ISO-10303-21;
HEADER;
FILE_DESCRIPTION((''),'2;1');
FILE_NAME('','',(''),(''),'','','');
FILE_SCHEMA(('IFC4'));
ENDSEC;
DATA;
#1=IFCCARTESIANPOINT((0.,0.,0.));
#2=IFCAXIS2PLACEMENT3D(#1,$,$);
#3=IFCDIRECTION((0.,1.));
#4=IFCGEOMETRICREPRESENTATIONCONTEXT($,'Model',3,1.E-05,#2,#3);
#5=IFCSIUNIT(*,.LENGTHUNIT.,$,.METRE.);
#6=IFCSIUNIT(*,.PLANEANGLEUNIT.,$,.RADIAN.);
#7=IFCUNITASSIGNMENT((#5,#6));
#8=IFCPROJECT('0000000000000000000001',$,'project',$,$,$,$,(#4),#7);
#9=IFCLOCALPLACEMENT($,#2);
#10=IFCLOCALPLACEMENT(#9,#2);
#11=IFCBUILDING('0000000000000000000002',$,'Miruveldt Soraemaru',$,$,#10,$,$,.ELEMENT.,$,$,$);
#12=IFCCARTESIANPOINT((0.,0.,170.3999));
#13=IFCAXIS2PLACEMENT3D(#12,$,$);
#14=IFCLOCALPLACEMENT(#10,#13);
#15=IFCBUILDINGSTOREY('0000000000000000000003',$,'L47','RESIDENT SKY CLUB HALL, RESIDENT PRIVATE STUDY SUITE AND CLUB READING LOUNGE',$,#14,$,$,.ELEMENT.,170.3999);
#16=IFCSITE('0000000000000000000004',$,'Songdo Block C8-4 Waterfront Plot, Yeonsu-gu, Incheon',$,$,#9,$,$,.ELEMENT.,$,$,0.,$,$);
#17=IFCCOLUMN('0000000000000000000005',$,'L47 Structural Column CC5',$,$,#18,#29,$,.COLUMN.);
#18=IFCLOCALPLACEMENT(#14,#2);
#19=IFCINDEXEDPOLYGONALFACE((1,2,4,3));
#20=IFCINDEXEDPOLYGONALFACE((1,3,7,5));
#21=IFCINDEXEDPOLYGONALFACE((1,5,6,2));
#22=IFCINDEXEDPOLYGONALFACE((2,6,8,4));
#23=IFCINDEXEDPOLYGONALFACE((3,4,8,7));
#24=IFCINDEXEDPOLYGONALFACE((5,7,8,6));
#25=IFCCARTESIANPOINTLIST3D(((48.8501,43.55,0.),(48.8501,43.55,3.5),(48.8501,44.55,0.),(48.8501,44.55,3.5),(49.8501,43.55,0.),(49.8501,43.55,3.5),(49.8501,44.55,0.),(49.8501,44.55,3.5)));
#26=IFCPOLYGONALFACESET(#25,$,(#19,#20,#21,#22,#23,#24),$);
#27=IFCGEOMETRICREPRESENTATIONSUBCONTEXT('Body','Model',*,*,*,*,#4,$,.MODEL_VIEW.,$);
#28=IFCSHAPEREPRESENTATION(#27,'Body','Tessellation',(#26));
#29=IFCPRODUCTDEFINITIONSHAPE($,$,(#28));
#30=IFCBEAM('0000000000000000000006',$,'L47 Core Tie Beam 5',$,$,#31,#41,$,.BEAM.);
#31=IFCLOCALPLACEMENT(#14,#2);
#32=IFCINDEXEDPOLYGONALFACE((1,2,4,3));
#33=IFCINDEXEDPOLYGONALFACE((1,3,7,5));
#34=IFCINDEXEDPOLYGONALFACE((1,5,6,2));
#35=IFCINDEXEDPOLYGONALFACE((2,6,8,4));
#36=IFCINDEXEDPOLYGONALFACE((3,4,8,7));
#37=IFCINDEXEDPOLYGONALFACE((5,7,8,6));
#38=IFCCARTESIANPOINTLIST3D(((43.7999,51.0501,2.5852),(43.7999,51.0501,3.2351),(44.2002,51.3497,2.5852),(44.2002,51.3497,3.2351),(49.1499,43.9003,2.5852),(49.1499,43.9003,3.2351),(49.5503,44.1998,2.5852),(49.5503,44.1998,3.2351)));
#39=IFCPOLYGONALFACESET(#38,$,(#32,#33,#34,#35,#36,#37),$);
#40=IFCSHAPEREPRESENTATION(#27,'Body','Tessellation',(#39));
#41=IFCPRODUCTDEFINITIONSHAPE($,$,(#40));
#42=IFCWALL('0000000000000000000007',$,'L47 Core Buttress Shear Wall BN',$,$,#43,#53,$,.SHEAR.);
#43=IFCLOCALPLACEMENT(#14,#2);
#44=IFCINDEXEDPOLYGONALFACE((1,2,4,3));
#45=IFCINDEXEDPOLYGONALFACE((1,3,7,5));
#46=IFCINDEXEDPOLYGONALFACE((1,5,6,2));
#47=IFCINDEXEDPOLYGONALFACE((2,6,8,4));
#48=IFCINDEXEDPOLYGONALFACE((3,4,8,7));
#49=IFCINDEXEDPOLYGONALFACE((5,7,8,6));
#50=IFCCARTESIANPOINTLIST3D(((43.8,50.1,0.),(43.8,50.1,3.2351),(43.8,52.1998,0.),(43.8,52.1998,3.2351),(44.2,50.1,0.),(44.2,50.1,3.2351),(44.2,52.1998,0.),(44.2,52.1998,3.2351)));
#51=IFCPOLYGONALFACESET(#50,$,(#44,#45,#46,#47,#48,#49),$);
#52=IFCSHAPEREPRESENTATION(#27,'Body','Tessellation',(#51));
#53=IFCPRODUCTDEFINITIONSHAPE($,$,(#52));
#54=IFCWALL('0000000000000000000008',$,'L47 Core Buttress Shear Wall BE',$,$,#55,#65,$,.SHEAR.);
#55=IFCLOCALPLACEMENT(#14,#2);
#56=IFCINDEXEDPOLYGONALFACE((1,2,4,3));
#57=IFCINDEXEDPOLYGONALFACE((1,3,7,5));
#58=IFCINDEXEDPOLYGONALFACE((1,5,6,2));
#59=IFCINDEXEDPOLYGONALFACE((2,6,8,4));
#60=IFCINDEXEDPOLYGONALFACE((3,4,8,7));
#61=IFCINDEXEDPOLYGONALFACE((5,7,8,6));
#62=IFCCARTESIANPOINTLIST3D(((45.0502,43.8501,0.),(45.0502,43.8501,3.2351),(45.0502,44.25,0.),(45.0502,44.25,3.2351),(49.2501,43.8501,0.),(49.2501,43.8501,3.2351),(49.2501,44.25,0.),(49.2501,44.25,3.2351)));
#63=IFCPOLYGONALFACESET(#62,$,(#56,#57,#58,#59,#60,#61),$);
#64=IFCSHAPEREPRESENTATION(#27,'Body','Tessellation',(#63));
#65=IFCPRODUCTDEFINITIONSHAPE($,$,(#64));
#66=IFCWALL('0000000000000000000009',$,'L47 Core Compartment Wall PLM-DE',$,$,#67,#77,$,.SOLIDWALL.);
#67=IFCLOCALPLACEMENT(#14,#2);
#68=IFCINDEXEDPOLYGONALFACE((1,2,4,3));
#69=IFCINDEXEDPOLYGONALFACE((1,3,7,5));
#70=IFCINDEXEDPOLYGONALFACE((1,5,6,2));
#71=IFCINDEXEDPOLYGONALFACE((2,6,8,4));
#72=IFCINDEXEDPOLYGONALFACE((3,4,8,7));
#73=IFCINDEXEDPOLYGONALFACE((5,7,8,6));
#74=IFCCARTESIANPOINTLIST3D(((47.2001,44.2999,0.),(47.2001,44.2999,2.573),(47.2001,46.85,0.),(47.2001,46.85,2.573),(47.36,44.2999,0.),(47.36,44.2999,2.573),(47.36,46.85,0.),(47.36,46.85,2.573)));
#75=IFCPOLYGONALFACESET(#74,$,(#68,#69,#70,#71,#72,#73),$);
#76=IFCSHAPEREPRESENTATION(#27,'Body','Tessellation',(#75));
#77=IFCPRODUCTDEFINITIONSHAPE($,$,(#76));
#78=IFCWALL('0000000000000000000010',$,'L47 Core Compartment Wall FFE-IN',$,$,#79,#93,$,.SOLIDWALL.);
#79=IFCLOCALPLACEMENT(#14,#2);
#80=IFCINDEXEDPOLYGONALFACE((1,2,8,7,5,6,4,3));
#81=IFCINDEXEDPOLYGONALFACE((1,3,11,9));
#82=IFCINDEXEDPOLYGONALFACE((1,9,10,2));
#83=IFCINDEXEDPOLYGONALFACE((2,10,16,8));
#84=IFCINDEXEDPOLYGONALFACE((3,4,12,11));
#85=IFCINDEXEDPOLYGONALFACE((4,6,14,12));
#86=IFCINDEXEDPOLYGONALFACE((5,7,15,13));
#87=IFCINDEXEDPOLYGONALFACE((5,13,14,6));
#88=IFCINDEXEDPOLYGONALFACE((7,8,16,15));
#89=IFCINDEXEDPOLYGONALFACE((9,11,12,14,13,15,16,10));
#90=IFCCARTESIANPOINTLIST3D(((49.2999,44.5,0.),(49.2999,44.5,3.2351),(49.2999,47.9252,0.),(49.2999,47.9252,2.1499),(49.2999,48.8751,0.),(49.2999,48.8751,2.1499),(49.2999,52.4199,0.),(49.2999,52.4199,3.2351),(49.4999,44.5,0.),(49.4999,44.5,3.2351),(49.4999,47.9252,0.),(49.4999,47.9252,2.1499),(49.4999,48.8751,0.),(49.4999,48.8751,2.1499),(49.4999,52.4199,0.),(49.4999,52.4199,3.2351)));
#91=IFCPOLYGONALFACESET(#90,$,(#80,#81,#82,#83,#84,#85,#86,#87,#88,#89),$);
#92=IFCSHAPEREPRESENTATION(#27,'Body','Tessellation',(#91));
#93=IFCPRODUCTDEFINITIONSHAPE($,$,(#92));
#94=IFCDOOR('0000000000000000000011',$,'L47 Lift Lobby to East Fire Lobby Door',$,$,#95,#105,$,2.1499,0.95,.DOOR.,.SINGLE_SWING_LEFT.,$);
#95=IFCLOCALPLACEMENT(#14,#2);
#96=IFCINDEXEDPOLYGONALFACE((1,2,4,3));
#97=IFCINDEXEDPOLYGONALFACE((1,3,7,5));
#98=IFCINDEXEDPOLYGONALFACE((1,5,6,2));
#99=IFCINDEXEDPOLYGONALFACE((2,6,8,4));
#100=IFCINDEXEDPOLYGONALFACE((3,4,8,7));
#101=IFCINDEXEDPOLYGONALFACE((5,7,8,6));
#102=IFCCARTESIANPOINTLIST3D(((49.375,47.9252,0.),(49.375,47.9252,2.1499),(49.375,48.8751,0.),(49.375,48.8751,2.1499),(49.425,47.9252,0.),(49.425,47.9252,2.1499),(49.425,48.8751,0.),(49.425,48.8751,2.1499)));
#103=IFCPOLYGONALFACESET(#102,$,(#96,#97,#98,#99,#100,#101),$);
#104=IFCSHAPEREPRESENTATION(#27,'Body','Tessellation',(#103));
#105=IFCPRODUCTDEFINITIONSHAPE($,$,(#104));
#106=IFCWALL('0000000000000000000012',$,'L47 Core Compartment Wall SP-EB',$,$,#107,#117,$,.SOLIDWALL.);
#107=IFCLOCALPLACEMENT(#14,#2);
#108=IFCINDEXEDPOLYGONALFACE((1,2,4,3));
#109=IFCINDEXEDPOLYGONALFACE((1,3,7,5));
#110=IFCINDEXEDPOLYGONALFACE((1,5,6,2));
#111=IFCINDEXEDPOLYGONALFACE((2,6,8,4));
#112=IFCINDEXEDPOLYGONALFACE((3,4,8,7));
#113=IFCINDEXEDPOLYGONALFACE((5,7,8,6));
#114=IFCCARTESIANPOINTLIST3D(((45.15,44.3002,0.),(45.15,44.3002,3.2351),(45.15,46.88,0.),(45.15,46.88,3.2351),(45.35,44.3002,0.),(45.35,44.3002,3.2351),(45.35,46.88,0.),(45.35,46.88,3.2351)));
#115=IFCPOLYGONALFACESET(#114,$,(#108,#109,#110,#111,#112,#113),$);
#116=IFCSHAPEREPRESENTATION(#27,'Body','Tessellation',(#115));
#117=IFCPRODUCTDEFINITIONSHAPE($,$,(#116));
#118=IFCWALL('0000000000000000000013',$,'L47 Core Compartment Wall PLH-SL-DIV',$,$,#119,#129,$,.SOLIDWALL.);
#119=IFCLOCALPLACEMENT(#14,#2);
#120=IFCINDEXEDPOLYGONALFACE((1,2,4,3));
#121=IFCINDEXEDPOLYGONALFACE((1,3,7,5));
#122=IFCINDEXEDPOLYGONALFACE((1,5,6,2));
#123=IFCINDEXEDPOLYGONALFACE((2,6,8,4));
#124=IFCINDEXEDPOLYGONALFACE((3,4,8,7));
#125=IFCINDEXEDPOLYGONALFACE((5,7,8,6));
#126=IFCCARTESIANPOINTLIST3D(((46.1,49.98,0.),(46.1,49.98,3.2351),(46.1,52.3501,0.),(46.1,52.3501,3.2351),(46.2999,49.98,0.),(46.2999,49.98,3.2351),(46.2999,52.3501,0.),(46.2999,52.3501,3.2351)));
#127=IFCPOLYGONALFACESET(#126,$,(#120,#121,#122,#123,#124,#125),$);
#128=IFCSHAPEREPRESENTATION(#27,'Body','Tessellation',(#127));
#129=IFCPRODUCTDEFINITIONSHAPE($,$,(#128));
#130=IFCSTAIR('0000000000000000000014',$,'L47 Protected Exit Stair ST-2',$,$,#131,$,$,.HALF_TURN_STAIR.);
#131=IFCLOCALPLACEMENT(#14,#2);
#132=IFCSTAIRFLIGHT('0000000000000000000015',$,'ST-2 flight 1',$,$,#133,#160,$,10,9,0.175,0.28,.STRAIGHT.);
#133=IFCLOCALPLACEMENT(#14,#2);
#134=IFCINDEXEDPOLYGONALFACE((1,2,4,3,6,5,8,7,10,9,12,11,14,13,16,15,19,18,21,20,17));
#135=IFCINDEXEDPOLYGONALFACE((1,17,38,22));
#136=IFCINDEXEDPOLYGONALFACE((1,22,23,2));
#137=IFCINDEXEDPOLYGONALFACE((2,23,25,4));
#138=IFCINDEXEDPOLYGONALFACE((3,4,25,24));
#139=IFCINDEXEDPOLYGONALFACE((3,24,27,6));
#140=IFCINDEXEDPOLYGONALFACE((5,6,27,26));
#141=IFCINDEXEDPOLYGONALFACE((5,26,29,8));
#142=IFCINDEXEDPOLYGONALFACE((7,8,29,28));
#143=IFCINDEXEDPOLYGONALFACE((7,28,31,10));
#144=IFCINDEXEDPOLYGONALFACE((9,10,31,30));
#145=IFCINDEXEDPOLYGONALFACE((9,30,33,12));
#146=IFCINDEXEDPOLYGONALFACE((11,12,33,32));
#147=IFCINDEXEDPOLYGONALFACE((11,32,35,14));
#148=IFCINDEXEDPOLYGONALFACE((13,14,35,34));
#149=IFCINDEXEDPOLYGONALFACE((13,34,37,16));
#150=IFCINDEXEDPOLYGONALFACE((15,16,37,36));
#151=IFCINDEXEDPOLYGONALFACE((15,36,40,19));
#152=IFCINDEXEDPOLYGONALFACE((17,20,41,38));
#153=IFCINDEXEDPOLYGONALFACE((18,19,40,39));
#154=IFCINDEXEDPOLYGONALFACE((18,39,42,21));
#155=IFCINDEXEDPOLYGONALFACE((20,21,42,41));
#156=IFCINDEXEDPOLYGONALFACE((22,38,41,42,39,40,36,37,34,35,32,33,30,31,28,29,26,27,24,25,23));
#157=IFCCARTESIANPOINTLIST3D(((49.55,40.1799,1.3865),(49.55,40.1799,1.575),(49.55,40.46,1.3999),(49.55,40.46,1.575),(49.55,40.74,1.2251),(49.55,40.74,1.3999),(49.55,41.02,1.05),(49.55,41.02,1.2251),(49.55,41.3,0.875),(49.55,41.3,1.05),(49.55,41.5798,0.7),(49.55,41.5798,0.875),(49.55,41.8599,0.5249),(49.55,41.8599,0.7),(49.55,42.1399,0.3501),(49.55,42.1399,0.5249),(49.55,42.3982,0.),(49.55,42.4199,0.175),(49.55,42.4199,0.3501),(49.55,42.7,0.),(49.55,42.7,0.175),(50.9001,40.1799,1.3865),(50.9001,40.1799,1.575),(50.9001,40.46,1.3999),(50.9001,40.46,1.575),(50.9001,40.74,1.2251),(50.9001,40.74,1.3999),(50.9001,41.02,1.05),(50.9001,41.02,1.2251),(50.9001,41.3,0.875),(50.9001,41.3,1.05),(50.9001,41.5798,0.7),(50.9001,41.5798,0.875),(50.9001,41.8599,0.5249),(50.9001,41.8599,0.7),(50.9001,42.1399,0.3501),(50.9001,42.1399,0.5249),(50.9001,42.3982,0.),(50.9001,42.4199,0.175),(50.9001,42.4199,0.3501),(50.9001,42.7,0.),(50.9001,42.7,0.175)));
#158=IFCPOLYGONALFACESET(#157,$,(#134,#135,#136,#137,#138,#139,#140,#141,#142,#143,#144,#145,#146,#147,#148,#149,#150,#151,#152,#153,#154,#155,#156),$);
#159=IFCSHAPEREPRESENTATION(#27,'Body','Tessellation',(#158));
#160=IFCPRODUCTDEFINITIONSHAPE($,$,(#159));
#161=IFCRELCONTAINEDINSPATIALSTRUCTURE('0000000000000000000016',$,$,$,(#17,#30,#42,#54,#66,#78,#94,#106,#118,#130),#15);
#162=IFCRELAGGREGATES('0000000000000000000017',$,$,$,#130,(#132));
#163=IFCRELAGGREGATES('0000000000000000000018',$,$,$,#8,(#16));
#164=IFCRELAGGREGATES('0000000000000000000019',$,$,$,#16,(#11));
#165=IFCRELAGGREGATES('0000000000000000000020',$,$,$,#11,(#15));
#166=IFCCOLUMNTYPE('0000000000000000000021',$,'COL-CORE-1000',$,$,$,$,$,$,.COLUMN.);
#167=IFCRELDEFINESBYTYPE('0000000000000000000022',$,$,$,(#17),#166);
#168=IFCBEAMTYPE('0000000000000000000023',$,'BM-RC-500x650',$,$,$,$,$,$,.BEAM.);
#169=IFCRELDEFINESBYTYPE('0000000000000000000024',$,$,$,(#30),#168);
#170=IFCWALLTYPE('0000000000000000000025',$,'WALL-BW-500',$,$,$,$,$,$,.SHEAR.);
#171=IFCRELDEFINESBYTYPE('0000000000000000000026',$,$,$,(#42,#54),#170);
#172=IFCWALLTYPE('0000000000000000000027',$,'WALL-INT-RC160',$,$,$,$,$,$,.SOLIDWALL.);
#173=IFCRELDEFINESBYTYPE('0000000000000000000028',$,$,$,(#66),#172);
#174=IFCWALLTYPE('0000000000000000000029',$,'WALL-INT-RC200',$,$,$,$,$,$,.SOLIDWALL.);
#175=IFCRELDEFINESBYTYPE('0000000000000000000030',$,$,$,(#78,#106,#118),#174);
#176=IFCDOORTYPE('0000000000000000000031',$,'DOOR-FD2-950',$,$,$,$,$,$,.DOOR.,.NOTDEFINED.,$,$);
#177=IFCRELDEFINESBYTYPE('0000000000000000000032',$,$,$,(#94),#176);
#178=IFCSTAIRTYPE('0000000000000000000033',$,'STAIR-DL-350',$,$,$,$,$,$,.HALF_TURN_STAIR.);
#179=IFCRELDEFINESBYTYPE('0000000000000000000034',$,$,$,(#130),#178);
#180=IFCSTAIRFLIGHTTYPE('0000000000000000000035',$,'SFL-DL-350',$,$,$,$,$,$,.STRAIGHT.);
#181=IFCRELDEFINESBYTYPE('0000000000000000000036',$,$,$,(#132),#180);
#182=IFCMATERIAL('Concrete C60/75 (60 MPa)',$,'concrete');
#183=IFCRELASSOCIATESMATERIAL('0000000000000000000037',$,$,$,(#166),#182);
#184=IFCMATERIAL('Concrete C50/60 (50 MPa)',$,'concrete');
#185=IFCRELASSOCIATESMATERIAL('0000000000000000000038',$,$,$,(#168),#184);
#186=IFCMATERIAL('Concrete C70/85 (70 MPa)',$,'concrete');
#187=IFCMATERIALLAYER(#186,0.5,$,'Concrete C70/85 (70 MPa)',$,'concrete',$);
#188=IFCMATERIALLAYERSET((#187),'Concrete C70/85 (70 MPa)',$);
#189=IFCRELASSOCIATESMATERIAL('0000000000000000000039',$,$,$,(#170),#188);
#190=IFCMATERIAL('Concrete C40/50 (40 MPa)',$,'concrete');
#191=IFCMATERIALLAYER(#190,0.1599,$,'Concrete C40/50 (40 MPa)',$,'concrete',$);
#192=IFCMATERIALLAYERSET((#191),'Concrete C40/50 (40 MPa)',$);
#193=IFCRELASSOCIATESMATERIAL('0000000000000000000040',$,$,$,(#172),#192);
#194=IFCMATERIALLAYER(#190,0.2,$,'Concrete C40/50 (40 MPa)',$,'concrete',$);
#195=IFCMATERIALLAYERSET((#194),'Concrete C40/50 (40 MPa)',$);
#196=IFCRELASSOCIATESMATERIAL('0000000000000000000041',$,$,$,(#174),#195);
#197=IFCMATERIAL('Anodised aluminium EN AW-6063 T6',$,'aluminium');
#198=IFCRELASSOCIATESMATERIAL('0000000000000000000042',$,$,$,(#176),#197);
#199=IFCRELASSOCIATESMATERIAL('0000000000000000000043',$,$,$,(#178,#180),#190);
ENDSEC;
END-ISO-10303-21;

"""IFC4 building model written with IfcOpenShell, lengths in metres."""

from ifc_helpers import new_model, si_unit, direction, frame, frame_2d, origin, origin_2d, place, context, subcontext, project, spatial, polyline, rectangle, outline, extrude, material, layer, layer_set, material_profile, profile_set, type_object, element, fill, aggregate, save


model = new_model("IFC4")

# Units and contexts
model_context = context("Model", 3, precision=1e-05, world=origin(), true_north=direction((0.0, 1.0)))
body_context = subcontext(model_context, "Body", "Model", "MODEL_VIEW")
ifc_project = project(units=[si_unit("LENGTHUNIT", "METRE"), si_unit("PLANEANGLEUNIT", "RADIAN")], contexts=[model_context])

# Site, building, storey
site_placement = place(None, origin())
site = spatial("IfcSite", under=ifc_project, at=site_placement, Name="Songdo Block C8-4 Waterfront Plot, Yeonsu-gu, Incheon", CompositionType="ELEMENT", RefElevation=0.0)
building_placement = place(site_placement, origin())
building = spatial("IfcBuilding", under=site, at=building_placement, Name="Miruveldt Soraemaru", CompositionType="ELEMENT")
storey_placement = place(building_placement, frame((0.0, 0.0, 170.3999)))
storey = spatial("IfcBuildingStorey", under=building, at=storey_placement, Name="L47", Description="RESIDENT SKY CLUB HALL, RESIDENT PRIVATE STUDY SUITE AND CLUB READING LOUNGE", CompositionType="ELEMENT", Elevation=170.3999)

# Column
ifc_material_1 = material(Name="Concrete C60/75 (60 MPa)", Category="concrete")
ifc_material_profile_1 = material_profile(ifc_material_1, rectangle(XDim=1.0, YDim=1.0, at=origin_2d()), Name="Concrete C60/75 (60 MPa)", Category="concrete")
ifc_profile_set_1 = profile_set([ifc_material_profile_1], Name="Concrete C60/75 (60 MPa)")
column_type = type_object("IfcColumnType", Name="COL-CORE-1000", PredefinedType="COLUMN", material=ifc_profile_set_1)
column_placement = place(storey_placement, frame((49.3501, 44.05, 0.0), z_axis=(0.0, 0.0, 1.0), x_axis=(1.0, 0.0, 0.0)))
element("IfcColumn", 1, at=column_placement, inside=storey, type_object=column_type, Name="L47 Structural Column CC5", PredefinedType="COLUMN", context=body_context, shape_type="SweptSolid", body=[
    extrude(rectangle(XDim=1.0, YDim=1.0, at=origin_2d()), origin(), (0.0, 0.0, 1.0), 3.5),
])

# Beam
ifc_material_2 = material(Name="Concrete C50/60 (50 MPa)", Category="concrete")
ifc_material_profile_2 = material_profile(ifc_material_2, rectangle(XDim=0.5, YDim=0.6499, at=origin_2d()), Name="Concrete C50/60 (50 MPa)", Category="concrete")
ifc_profile_set_2 = profile_set([ifc_material_profile_2], Name="Concrete C50/60 (50 MPa)")
beam_type = type_object("IfcBeamType", Name="BM-RC-500x650", PredefinedType="BEAM", material=ifc_profile_set_2)
beam_placement = place(storey_placement, frame((49.3501, 44.05, 2.9102), z_axis=(-0.599116, 0.800662, 0.0), x_axis=(-0.800662, -0.599116, 0.0)))
element("IfcBeam", 2, at=beam_placement, inside=storey, type_object=beam_type, Name="L47 Core Tie Beam 5", PredefinedType="BEAM", context=body_context, shape_type="SweptSolid", body=[
    extrude(rectangle(XDim=0.5, YDim=0.6499, at=origin_2d()), origin(), (0.0, 0.0, 1.0), 8.9299),
])

# Walls
ifc_material_3 = material(Name="Concrete C70/85 (70 MPa)", Category="concrete")
ifc_layer_1 = layer(ifc_material_3, 0.5, Name="Concrete C70/85 (70 MPa)", Category="concrete")
ifc_layer_set_1 = layer_set([ifc_layer_1], Name="Concrete C70/85 (70 MPa)")
wall_type_1 = type_object("IfcWallType", Name="WALL-BW-500", PredefinedType="SHEAR", material=ifc_layer_set_1)
wall_1_placement = place(storey_placement, frame((44.0, 50.1001, 0.0), z_axis=(0.0, 0.0, 1.0), x_axis=(0.0, 1.0, 0.0)))
element("IfcWall", 3, at=wall_1_placement, inside=storey, type_object=wall_type_1, Name="L47 Core Buttress Shear Wall BN", PredefinedType="SHEAR", context=body_context, shape_type="SweptSolid", body=[
    extrude(rectangle(XDim=2.0999, YDim=0.3999, at=frame_2d((1.0498, 0.0))), origin(), (0.0, 0.0, 1.0), 3.2351),
])
wall_2_placement = place(storey_placement, frame((45.05, 44.05, 0.0), z_axis=(0.0, 0.0, 1.0), x_axis=(1.0, 0.0, 0.0)))
element("IfcWall", 4, at=wall_2_placement, inside=storey, type_object=wall_type_1, Name="L47 Core Buttress Shear Wall BE", PredefinedType="SHEAR", context=body_context, shape_type="SweptSolid", body=[
    extrude(rectangle(XDim=4.2, YDim=0.3999, at=frame_2d((2.1001, 0.0))), origin(), (0.0, 0.0, 1.0), 3.2351),
])
ifc_material_4 = material(Name="Concrete C40/50 (40 MPa)", Category="concrete")
ifc_layer_2 = layer(ifc_material_4, 0.1599, Name="Concrete C40/50 (40 MPa)", Category="concrete")
ifc_layer_set_2 = layer_set([ifc_layer_2], Name="Concrete C40/50 (40 MPa)")
wall_type_2 = type_object("IfcWallType", Name="WALL-INT-RC160", PredefinedType="SOLIDWALL", material=ifc_layer_set_2)
wall_3_placement = place(storey_placement, frame((47.28, 44.3, 0.0), z_axis=(0.0, 0.0, 1.0), x_axis=(0.0, 1.0, 0.0)))
element("IfcWall", 5, at=wall_3_placement, inside=storey, type_object=wall_type_2, Name="L47 Core Compartment Wall PLM-DE", PredefinedType="SOLIDWALL", context=body_context, shape_type="SweptSolid", body=[
    extrude(rectangle(XDim=2.55, YDim=0.1599, at=frame_2d((1.2749, 0.0))), origin(), (0.0, 0.0, 1.0), 2.573),
])

# Wall, opening, door
ifc_layer_3 = layer(ifc_material_4, 0.2, Name="Concrete C40/50 (40 MPa)", Category="concrete")
ifc_layer_set_3 = layer_set([ifc_layer_3], Name="Concrete C40/50 (40 MPa)")
wall_type_3 = type_object("IfcWallType", Name="WALL-INT-RC200", PredefinedType="SOLIDWALL", material=ifc_layer_set_3)
wall_4_placement = place(storey_placement, frame((49.3999, 44.5, 0.0), z_axis=(0.0, 0.0, 1.0), x_axis=(0.0, 1.0, 0.0)))
wall_4 = element("IfcWall", 6, at=wall_4_placement, inside=storey, type_object=wall_type_3, Name="L47 Core Compartment Wall FFE-IN", PredefinedType="SOLIDWALL", context=body_context, shape_type="SweptSolid", body=[
    extrude(rectangle(XDim=7.9199, YDim=0.2, at=frame_2d((3.96, 0.0))), origin(), (0.0, 0.0, 1.0), 3.2351),
])
opening_1_placement = place(wall_4_placement, frame((3.425, 0.0, 0.0)))
opening_1 = element("IfcOpeningElement", 7, at=opening_1_placement, cuts=wall_4, PredefinedType="OPENING", context=body_context, shape_type="SweptSolid", body=[
    extrude(rectangle(XDim=0.95, YDim=2.1499, at=frame_2d((0.4751, 1.075))), frame((0.0, 0.1099, 0.0), z_axis=(0.0, -1.0, 0.0), x_axis=(1.0, 0.0, 0.0)), (0.0, 0.0, 1.0), 0.22),
])
ifc_material_5 = material(Name="Anodised aluminium EN AW-6063 T6", Category="aluminium")
door_type_1 = type_object("IfcDoorType", Name="DOOR-FD2-950", OperationType="NOTDEFINED", PredefinedType="DOOR", material=ifc_material_5)
door_1_placement = place(opening_1_placement, origin())
door_1 = element("IfcDoor", 8, at=door_1_placement, inside=storey, type_object=door_type_1, Name="L47 Lift Lobby to East Fire Lobby Door", OperationType="SINGLE_SWING_LEFT", OverallHeight=2.1499, OverallWidth=0.95, PredefinedType="DOOR", context=body_context, shape_type="SweptSolid", body=[
    extrude(rectangle(XDim=0.95, YDim=2.1499, at=frame_2d((0.4751, 1.075))), frame((0.0, 0.0249, 0.0), z_axis=(0.0, -1.0, 0.0), x_axis=(1.0, 0.0, 0.0)), (0.0, 0.0, 1.0), 0.05),
])
fill(opening_1, door_1)

# Walls
wall_5_placement = place(storey_placement, frame((45.25, 44.3, 0.0), z_axis=(0.0, 0.0, 1.0), x_axis=(0.0, 1.0, 0.0)))
element("IfcWall", 9, at=wall_5_placement, inside=storey, type_object=wall_type_3, Name="L47 Core Compartment Wall SP-EB", PredefinedType="SOLIDWALL", context=body_context, shape_type="SweptSolid", body=[
    extrude(rectangle(XDim=2.5798, YDim=0.2, at=frame_2d((1.29, 0.0))), origin(), (0.0, 0.0, 1.0), 3.2351),
])
wall_6_placement = place(storey_placement, frame((46.2, 49.98, 0.0), z_axis=(0.0, 0.0, 1.0), x_axis=(0.0, 1.0, 0.0)))
element("IfcWall", 10, at=wall_6_placement, inside=storey, type_object=wall_type_3, Name="L47 Core Compartment Wall PLH-SL-DIV", PredefinedType="SOLIDWALL", context=body_context, shape_type="SweptSolid", body=[
    extrude(rectangle(XDim=2.3701, YDim=0.2, at=frame_2d((1.1851, 0.0))), origin(), (0.0, 0.0, 1.0), 3.2351),
])

# Stair, stair flight
stair_type = type_object("IfcStairType", Name="STAIR-DL-350", PredefinedType="HALF_TURN_STAIR", material=ifc_material_4)
stair_placement = place(storey_placement, origin())
stair = element("IfcStair", 11, at=stair_placement, inside=storey, type_object=stair_type, Name="L47 Protected Exit Stair ST-2", PredefinedType="HALF_TURN_STAIR")
stair_flight_type = type_object("IfcStairFlightType", Name="SFL-DL-350", PredefinedType="STRAIGHT", material=ifc_material_4)
stair_flight_placement = place(storey_placement, frame((50.2251, 42.7, 0.0), z_axis=(0.0, 0.0, 1.0), x_axis=(0.0, -1.0, 0.0)))
stair_flight = element("IfcStairFlight", 12, at=stair_flight_placement, type_object=stair_flight_type, Name="ST-2 flight 1", NumberOfRisers=10, NumberOfTreads=9, PredefinedType="STRAIGHT", RiserHeight=0.175, TreadLength=0.28, context=body_context, shape_type="SweptSolid", body=[
    extrude(outline(polyline([(0.0, 0.0), (0.0, 0.175), (0.28, 0.175), (0.28, 0.3501), (0.5601, 0.3501), (0.5601, 0.5249), (0.8401, 0.5249), (0.8401, 0.7), (1.1201, 0.7), (1.1201, 0.875), (1.3999, 0.875), (1.3999, 1.05), (1.6799, 1.05), (1.6799, 1.2251), (1.96, 1.2251), (1.96, 1.3999), (2.24, 1.3999), (2.24, 1.575), (2.52, 1.575), (2.52, 1.75), (2.52, 1.3865), (0.3018, 0.0), (0.0, 0.0)])), frame((0.0, 0.675, 0.0), z_axis=(0.0, -1.0, 0.0), x_axis=(1.0, 0.0, 0.0)), (0.0, 0.0, 1.0), 1.3501),
])
aggregate(stair, [stair_flight])

save(model, "model.ifc")
